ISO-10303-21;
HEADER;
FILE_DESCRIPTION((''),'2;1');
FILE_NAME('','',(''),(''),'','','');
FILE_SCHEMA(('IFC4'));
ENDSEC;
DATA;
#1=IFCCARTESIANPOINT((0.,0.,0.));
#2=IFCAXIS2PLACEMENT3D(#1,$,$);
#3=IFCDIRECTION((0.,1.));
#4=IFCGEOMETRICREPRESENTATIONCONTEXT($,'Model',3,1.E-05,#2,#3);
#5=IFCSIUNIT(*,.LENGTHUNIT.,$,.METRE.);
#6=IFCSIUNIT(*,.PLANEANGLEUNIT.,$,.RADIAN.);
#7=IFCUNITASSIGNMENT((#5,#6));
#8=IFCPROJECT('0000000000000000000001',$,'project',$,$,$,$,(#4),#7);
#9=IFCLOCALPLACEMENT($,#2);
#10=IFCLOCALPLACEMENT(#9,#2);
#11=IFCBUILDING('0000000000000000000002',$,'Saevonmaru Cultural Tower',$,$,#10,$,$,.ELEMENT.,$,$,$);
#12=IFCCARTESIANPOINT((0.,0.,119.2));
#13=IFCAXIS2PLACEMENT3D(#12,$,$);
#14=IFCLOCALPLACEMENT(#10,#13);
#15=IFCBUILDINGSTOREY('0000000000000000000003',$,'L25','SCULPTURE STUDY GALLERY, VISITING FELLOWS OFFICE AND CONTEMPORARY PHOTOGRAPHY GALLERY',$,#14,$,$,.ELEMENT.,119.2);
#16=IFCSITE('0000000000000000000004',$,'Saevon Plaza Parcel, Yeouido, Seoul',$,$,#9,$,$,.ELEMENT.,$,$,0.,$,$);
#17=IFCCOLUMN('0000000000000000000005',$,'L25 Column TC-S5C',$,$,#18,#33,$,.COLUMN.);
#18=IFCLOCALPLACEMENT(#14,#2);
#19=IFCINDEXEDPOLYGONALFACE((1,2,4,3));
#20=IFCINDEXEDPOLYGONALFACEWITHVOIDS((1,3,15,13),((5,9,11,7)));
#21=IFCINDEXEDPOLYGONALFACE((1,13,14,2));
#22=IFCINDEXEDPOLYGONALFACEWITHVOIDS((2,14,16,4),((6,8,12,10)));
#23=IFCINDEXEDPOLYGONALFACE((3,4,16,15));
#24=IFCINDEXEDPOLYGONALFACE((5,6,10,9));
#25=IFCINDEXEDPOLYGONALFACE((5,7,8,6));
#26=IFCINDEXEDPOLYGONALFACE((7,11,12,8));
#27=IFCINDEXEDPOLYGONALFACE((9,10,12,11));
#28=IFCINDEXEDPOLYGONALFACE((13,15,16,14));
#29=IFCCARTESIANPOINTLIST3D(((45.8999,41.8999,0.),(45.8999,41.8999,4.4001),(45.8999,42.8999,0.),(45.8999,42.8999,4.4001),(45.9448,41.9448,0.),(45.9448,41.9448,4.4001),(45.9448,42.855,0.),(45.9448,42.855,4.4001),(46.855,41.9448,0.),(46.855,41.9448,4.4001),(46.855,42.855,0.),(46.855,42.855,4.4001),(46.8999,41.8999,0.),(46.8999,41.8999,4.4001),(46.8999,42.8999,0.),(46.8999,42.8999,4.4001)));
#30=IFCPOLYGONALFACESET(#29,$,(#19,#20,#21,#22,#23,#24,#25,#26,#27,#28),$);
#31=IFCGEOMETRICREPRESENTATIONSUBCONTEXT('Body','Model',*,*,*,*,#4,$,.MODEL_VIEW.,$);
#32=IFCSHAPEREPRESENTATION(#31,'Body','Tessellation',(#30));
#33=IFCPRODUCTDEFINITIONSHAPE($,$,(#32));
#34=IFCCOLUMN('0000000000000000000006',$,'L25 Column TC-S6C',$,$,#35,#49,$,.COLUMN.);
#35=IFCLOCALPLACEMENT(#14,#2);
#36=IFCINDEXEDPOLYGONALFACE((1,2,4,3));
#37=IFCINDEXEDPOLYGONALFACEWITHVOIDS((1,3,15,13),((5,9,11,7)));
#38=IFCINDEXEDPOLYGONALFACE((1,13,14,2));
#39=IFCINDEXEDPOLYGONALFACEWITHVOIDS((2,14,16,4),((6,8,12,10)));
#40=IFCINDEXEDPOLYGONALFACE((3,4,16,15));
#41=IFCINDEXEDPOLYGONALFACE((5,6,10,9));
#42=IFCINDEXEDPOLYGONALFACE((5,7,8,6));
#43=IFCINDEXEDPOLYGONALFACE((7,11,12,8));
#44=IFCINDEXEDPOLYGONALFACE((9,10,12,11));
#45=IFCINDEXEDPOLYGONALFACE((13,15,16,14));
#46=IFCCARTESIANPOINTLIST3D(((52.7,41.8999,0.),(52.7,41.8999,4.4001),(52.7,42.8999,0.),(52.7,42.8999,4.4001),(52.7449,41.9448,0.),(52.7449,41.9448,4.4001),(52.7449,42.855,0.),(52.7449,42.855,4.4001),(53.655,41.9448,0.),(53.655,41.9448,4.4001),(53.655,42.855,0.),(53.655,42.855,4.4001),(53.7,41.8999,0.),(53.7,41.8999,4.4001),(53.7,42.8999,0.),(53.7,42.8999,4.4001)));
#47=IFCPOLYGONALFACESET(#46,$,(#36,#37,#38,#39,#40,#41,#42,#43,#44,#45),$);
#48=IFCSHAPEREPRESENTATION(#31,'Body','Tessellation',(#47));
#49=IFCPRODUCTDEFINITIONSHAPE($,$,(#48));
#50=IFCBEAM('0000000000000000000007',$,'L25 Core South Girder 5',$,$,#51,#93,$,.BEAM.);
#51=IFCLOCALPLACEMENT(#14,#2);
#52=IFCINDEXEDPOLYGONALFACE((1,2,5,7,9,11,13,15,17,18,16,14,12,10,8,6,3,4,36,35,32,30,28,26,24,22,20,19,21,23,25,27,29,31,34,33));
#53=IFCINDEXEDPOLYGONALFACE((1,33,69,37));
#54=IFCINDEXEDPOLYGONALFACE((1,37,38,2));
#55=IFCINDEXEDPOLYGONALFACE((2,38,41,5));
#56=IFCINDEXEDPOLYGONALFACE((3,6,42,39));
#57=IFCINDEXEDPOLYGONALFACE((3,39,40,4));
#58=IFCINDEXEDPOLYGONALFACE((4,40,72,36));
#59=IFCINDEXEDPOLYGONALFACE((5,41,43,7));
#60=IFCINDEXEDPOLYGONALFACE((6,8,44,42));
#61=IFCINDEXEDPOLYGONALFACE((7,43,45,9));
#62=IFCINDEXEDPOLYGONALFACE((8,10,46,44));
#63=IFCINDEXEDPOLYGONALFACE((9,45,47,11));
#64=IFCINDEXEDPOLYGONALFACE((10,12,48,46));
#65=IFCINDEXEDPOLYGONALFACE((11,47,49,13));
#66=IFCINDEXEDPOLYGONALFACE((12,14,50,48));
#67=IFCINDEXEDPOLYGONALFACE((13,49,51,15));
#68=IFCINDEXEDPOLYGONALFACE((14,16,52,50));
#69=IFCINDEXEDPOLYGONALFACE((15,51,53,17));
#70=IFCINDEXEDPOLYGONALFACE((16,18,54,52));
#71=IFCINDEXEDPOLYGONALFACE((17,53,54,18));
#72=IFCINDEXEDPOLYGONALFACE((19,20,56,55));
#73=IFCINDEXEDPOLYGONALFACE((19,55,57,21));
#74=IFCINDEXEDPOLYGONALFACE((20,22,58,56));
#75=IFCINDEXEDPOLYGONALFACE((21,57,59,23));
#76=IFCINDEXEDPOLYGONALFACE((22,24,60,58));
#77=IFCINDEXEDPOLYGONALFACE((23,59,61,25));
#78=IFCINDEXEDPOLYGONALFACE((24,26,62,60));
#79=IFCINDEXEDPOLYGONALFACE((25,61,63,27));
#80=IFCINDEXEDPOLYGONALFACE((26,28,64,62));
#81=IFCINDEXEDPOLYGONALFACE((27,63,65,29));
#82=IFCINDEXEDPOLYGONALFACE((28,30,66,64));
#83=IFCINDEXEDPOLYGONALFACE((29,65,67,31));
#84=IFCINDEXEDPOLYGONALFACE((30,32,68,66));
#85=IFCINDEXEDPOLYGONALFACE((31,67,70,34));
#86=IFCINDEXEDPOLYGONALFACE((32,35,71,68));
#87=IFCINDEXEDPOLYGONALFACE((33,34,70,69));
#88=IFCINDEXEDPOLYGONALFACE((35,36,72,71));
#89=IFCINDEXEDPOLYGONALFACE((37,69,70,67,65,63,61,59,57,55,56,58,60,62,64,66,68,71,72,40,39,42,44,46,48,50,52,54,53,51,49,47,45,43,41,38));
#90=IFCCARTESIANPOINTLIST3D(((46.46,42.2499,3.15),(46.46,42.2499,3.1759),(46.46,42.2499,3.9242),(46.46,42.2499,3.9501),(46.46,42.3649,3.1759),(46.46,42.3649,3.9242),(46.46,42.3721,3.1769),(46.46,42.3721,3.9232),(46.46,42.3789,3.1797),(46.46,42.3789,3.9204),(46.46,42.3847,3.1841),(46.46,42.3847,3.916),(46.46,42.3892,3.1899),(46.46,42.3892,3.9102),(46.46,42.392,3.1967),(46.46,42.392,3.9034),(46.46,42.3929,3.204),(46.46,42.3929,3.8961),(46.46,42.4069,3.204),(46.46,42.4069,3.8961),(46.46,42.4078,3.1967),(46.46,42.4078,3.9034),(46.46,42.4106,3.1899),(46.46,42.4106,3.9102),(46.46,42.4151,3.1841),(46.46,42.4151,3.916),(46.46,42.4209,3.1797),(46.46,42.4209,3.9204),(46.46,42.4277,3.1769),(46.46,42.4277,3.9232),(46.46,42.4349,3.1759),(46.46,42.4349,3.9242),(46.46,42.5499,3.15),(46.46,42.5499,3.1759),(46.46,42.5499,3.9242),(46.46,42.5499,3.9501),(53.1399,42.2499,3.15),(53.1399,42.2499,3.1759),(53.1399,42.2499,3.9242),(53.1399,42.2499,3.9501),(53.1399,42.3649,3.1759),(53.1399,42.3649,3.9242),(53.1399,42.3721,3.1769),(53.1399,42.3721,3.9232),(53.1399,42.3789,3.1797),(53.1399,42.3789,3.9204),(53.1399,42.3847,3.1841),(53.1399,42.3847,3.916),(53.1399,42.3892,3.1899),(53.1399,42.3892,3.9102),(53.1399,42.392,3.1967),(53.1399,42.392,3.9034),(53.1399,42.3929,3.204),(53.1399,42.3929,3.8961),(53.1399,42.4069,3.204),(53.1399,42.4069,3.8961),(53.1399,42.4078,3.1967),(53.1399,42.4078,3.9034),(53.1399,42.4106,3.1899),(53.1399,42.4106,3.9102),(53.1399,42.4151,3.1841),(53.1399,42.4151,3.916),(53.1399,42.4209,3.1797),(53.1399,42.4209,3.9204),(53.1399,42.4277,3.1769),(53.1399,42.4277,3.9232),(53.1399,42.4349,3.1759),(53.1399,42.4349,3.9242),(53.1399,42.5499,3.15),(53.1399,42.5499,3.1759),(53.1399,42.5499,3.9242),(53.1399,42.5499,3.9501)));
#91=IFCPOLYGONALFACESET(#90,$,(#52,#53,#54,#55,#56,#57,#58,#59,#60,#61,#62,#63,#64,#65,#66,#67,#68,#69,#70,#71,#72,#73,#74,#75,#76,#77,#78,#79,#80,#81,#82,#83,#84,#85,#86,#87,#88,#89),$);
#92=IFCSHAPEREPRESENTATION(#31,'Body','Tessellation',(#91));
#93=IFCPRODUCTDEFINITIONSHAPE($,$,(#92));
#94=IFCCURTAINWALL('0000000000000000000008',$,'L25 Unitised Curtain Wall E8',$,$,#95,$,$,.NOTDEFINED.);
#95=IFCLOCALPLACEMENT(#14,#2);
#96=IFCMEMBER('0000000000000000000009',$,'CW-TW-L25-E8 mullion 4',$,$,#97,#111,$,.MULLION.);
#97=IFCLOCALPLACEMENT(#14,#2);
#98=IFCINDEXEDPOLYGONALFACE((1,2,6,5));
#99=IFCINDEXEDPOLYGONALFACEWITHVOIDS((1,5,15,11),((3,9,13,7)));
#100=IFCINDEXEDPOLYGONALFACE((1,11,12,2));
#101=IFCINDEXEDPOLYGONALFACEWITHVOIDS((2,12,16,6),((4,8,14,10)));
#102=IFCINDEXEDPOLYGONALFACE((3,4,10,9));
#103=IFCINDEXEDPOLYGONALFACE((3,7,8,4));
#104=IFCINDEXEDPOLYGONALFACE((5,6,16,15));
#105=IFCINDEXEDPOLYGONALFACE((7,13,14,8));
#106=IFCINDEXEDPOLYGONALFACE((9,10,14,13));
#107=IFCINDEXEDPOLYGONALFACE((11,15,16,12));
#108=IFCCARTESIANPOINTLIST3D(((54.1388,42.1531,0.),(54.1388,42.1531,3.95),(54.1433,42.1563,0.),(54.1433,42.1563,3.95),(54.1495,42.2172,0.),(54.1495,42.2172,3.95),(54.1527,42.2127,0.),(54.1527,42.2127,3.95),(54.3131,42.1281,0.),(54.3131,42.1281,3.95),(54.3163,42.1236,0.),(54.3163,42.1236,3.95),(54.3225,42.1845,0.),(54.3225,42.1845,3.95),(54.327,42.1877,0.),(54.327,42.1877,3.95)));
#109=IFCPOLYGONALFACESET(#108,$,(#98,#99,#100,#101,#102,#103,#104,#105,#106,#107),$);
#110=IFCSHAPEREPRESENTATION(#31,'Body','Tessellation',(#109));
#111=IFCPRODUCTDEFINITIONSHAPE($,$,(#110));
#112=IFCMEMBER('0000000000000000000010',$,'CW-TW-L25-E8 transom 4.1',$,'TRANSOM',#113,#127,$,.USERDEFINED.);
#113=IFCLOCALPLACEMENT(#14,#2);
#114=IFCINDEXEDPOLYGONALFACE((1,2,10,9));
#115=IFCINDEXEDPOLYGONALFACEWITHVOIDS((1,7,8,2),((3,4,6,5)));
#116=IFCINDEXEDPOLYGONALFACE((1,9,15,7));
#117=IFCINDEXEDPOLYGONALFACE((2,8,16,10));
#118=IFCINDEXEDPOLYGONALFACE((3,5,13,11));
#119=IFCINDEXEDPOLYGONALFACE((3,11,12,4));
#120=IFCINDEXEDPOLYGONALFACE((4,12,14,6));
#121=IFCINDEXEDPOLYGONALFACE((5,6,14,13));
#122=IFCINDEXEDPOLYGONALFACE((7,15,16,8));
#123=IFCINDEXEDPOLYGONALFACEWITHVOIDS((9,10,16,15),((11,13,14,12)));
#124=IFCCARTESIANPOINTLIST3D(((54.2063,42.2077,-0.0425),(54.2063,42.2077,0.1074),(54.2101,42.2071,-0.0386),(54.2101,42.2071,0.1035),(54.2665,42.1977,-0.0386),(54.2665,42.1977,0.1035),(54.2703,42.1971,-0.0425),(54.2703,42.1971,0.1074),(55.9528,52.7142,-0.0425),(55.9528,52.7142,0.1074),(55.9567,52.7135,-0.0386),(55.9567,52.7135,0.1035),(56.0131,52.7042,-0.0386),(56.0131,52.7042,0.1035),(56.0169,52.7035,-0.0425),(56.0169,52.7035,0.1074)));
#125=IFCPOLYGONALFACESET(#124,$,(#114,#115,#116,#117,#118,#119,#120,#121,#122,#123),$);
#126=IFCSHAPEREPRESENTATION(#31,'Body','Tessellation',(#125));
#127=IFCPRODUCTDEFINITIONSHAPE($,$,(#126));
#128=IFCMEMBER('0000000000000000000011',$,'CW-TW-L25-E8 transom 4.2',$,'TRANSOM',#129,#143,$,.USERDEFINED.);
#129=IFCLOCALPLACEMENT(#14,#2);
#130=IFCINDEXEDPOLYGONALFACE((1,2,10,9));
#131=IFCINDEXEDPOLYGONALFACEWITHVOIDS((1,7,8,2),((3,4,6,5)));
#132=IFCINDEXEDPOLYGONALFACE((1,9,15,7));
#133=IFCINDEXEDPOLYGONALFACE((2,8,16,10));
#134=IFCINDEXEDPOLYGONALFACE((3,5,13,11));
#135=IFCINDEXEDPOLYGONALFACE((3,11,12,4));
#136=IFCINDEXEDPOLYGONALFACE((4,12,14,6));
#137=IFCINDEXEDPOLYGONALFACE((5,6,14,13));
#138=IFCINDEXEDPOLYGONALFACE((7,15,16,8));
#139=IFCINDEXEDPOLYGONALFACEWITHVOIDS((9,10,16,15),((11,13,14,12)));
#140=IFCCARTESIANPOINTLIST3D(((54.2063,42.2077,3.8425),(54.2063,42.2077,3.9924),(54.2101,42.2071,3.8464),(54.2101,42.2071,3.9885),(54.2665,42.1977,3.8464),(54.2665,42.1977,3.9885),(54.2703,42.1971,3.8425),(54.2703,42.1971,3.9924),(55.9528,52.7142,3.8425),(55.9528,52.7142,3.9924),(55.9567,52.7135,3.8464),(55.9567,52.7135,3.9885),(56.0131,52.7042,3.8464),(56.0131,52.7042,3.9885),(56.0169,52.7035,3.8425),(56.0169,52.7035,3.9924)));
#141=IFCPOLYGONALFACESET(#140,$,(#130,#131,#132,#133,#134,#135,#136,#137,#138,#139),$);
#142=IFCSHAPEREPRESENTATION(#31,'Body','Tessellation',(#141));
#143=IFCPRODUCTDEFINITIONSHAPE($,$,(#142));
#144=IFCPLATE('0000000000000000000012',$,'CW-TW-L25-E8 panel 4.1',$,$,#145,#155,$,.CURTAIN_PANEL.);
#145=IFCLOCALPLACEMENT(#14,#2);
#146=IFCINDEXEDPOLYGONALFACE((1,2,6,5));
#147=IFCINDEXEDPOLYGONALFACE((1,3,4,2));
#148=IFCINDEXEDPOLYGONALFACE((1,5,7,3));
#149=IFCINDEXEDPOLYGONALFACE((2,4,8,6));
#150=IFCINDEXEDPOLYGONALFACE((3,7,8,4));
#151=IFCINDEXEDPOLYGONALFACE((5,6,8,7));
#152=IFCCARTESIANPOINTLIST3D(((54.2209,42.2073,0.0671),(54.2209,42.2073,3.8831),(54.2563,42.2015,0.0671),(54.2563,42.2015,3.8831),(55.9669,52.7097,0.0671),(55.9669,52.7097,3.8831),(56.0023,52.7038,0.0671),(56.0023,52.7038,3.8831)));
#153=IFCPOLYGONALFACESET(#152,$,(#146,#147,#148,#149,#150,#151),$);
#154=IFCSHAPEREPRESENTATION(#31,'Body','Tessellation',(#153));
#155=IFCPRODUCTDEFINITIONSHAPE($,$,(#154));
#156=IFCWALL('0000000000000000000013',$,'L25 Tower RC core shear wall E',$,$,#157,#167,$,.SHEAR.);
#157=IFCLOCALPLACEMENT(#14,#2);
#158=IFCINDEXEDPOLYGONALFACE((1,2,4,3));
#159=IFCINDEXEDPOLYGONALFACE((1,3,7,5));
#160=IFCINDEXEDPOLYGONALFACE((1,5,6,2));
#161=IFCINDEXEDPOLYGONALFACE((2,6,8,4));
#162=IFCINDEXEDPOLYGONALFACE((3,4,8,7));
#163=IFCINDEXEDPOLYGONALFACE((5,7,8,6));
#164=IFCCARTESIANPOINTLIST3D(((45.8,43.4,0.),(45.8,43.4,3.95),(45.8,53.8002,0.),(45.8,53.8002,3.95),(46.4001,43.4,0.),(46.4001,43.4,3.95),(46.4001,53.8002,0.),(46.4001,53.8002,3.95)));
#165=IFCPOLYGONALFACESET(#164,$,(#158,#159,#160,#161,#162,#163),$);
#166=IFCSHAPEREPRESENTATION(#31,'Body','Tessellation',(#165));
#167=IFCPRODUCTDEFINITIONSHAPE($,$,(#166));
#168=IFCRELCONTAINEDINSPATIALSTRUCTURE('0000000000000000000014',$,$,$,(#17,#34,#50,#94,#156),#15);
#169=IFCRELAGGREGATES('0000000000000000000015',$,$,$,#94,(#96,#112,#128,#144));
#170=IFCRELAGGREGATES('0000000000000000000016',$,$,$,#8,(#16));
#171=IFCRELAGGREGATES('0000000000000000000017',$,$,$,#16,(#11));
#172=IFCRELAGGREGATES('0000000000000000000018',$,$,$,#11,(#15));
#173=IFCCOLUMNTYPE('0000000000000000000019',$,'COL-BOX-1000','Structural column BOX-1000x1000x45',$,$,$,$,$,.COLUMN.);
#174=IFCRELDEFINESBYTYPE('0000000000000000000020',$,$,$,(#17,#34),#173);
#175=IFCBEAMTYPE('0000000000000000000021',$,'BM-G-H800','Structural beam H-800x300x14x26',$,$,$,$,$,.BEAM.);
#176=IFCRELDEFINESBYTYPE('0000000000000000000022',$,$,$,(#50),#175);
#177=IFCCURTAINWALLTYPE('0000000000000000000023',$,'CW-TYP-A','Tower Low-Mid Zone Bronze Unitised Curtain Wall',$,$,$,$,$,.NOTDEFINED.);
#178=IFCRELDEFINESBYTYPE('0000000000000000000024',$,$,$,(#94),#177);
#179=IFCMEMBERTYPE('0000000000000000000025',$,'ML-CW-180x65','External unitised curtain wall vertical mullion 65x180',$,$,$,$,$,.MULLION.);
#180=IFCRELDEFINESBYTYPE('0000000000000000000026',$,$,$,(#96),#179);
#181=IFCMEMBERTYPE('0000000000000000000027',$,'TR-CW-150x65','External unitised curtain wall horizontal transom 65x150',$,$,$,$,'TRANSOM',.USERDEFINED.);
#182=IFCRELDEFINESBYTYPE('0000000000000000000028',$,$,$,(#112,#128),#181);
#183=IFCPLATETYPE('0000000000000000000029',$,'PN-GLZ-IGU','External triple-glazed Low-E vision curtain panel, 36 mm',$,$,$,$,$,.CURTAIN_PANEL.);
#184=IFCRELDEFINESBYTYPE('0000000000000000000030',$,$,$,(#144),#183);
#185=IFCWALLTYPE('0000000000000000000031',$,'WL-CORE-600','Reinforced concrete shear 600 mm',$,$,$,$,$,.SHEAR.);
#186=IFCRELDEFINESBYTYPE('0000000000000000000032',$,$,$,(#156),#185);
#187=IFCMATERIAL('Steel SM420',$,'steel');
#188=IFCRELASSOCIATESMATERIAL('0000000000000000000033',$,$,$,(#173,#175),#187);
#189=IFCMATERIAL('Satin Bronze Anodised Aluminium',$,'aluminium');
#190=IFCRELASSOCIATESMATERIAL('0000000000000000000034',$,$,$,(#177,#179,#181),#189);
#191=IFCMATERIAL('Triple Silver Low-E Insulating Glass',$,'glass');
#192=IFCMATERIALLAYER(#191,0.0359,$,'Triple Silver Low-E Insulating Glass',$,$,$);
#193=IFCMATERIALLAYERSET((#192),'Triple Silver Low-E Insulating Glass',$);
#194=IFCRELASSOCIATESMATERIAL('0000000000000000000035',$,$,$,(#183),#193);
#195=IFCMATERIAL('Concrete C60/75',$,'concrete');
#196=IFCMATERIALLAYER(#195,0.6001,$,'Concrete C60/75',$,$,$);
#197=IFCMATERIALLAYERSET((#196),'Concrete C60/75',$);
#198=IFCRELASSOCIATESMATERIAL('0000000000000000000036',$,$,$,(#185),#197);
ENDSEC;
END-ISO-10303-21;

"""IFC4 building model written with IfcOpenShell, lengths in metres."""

from ifc_helpers import new_model, si_unit, direction, frame, frame_2d, origin, origin_2d, place, context, subcontext, project, spatial, rectangle, hollow_rectangle, i_section, extrude, material, layer, layer_set, material_profile, profile_set, type_object, element, aggregate, save


model = new_model("IFC4")

# Units and contexts
model_context = context("Model", 3, precision=1e-05, world=origin(), true_north=direction((0.0, 1.0)))
body_context = subcontext(model_context, "Body", "Model", "MODEL_VIEW")
ifc_project = project(units=[si_unit("LENGTHUNIT", "METRE"), si_unit("PLANEANGLEUNIT", "RADIAN")], contexts=[model_context])

# Site, building, storey
site_placement = place(None, origin())
site = spatial("IfcSite", under=ifc_project, at=site_placement, Name="Saevon Plaza Parcel, Yeouido, Seoul", CompositionType="ELEMENT", RefElevation=0.0)
building_placement = place(site_placement, origin())
building = spatial("IfcBuilding", under=site, at=building_placement, Name="Saevonmaru Cultural Tower", CompositionType="ELEMENT")
storey_placement = place(building_placement, frame((0.0, 0.0, 119.2)))
storey = spatial("IfcBuildingStorey", under=building, at=storey_placement, Name="L25", Description="SCULPTURE STUDY GALLERY, VISITING FELLOWS OFFICE AND CONTEMPORARY PHOTOGRAPHY GALLERY", CompositionType="ELEMENT", Elevation=119.2)

# Columns
ifc_material_1 = material(Name="Steel SM420", Category="steel")
ifc_material_profile_1 = material_profile(ifc_material_1, hollow_rectangle(XDim=1.0, YDim=1.0, WallThickness=0.0449, at=origin_2d()), Name="BOX-1000x1000x45")
ifc_profile_set_1 = profile_set([ifc_material_profile_1], Name="Steel SM420")
column_type = type_object("IfcColumnType", Name="COL-BOX-1000", Description="Structural column BOX-1000x1000x45", PredefinedType="COLUMN", material=ifc_profile_set_1)
for number, where, z_axis, x_axis, name in (
    (1, (46.3999, 42.3999, 0.0), (0.0, 0.0, 1.0), (1.0, 0.0, 0.0), "L25 Column TC-S5C"),
    (2, (53.2, 42.3999, 0.0), (0.0, 0.0, 1.0), (1.0, 0.0, 0.0), "L25 Column TC-S6C"),
):
    element("IfcColumn", number, at=place(storey_placement, frame(where, z_axis=z_axis, x_axis=x_axis)), inside=storey, type_object=column_type, Name=name, PredefinedType="COLUMN", context=body_context, shape_type="SweptSolid", body=[
        extrude(hollow_rectangle(XDim=1.0, YDim=1.0, WallThickness=0.0449, at=origin_2d()), origin(), (0.0, 0.0, 1.0), 4.4001),
    ])

# Beam
ifc_material_profile_2 = material_profile(ifc_material_1, i_section(OverallWidth=0.3, OverallDepth=0.8, WebThickness=0.0139, FlangeThickness=0.0259, FilletRadius=0.0281, at=origin_2d()), Name="H-800x300x14x26")
ifc_profile_set_2 = profile_set([ifc_material_profile_2], Name="Steel SM420")
beam_type = type_object("IfcBeamType", Name="BM-G-H800", Description="Structural beam H-800x300x14x26", PredefinedType="BEAM", material=ifc_profile_set_2)
beam_placement = place(storey_placement, frame((46.46, 42.3999, 3.55), z_axis=(1.0, 0.0, 0.0), x_axis=(0.0, 1.0, 0.0)))
element("IfcBeam", 3, at=beam_placement, inside=storey, type_object=beam_type, Name="L25 Core South Girder 5", PredefinedType="BEAM", context=body_context, shape_type="SweptSolid", body=[
    extrude(i_section(OverallWidth=0.3, OverallDepth=0.8, WebThickness=0.0139, FlangeThickness=0.0259, FilletRadius=0.0281, at=origin_2d()), origin(), (0.0, 0.0, 1.0), 6.6799),
])

# Curtain wall, members, plate
ifc_material_2 = material(Name="Satin Bronze Anodised Aluminium", Category="aluminium")
curtain_wall_type = type_object("IfcCurtainWallType", Name="CW-TYP-A", Description="Tower Low-Mid Zone Bronze Unitised Curtain Wall", PredefinedType="NOTDEFINED", material=ifc_material_2)
curtain_wall_placement = place(storey_placement, origin())
curtain_wall = element("IfcCurtainWall", 4, at=curtain_wall_placement, inside=storey, type_object=curtain_wall_type, Name="L25 Unitised Curtain Wall E8", PredefinedType="NOTDEFINED")
ifc_material_profile_3 = material_profile(ifc_material_2, hollow_rectangle(XDim=0.0649, YDim=0.1799, WallThickness=0.0039, at=origin_2d()), Name="ALU-MULL-180x65x4")
ifc_profile_set_3 = profile_set([ifc_material_profile_3], Name="Satin Bronze Anodised Aluminium")
member_type_1 = type_object("IfcMemberType", Name="ML-CW-180x65", Description="External unitised curtain wall vertical mullion 65x180", PredefinedType="MULLION", material=ifc_profile_set_3)
member_1_placement = place(storey_placement, frame((54.2329, 42.1704, 0.0), z_axis=(0.0, 0.0, 1.0), x_axis=(0.163999, 0.986461, 0.0)))
member_1 = element("IfcMember", 5, at=member_1_placement, type_object=member_type_1, Name="CW-TW-L25-E8 mullion 4", PredefinedType="MULLION", context=body_context, shape_type="SweptSolid", body=[
    extrude(hollow_rectangle(XDim=0.0649, YDim=0.1799, WallThickness=0.0039, at=origin_2d()), origin(), (0.0, 0.0, 1.0), 3.95),
])
ifc_material_profile_4 = material_profile(ifc_material_2, hollow_rectangle(XDim=0.0649, YDim=0.1499, WallThickness=0.0039, at=origin_2d()), Name="ALU-TRAN-150x65x4")
ifc_profile_set_4 = profile_set([ifc_material_profile_4], Name="Satin Bronze Anodised Aluminium")
member_type_2 = type_object("IfcMemberType", Name="TR-CW-150x65", Description="External unitised curtain wall horizontal transom 65x150", ElementType="TRANSOM", PredefinedType="USERDEFINED", material=ifc_profile_set_4)
member_2_placement = place(storey_placement, frame((54.2383, 42.2024, 0.0325), z_axis=(0.16399, 0.986462, 0.0), x_axis=(-0.986462, 0.16399, 0.0)))
member_2 = element("IfcMember", 6, at=member_2_placement, type_object=member_type_2, Name="CW-TW-L25-E8 transom 4.1", ObjectType="TRANSOM", PredefinedType="USERDEFINED", context=body_context, shape_type="SweptSolid", body=[
    extrude(hollow_rectangle(XDim=0.0649, YDim=0.1499, WallThickness=0.0039, at=origin_2d()), origin(), (0.0, 0.0, 1.0), 10.6506),
])
member_3_placement = place(storey_placement, frame((54.2383, 42.2024, 3.9175), z_axis=(0.16399, 0.986462, 0.0), x_axis=(-0.986462, 0.16399, 0.0)))
member_3 = element("IfcMember", 7, at=member_3_placement, type_object=member_type_2, Name="CW-TW-L25-E8 transom 4.2", ObjectType="TRANSOM", PredefinedType="USERDEFINED", context=body_context, shape_type="SweptSolid", body=[
    extrude(hollow_rectangle(XDim=0.0649, YDim=0.1499, WallThickness=0.0039, at=origin_2d()), origin(), (0.0, 0.0, 1.0), 10.6506),
])
ifc_material_3 = material(Name="Triple Silver Low-E Insulating Glass", Category="glass")
ifc_layer_1 = layer(ifc_material_3, 0.0359, Name="Triple Silver Low-E Insulating Glass")
ifc_layer_set_1 = layer_set([ifc_layer_1], Name="Triple Silver Low-E Insulating Glass")
plate_type = type_object("IfcPlateType", Name="PN-GLZ-IGU", Description="External triple-glazed Low-E vision curtain panel, 36 mm", PredefinedType="CURTAIN_PANEL", material=ifc_layer_set_1)
plate_placement = place(storey_placement, frame((55.1116, 47.4556, 0.0671), z_axis=(0.0, 0.0, 1.0), x_axis=(0.163999, 0.986461, 0.0)))
plate = element("IfcPlate", 8, at=plate_placement, type_object=plate_type, Name="CW-TW-L25-E8 panel 4.1", PredefinedType="CURTAIN_PANEL", context=body_context, shape_type="SweptSolid", body=[
    extrude(rectangle(XDim=10.6465, YDim=0.0359, at=origin_2d()), origin(), (0.0, 0.0, 1.0), 3.8159),
])
aggregate(curtain_wall, [member_1, member_2, member_3, plate])

# Wall
ifc_material_4 = material(Name="Concrete C60/75", Category="concrete")
ifc_layer_2 = layer(ifc_material_4, 0.6001, Name="Concrete C60/75")
ifc_layer_set_2 = layer_set([ifc_layer_2], Name="Concrete C60/75")
wall_type_1 = type_object("IfcWallType", Name="WL-CORE-600", Description="Reinforced concrete shear 600 mm", PredefinedType="SHEAR", material=ifc_layer_set_2)
wall_1_placement = place(storey_placement, frame((46.1001, 43.3999, 0.0), z_axis=(0.0, 0.0, 1.0), x_axis=(0.0, 1.0, 0.0)))
element("IfcWall", 9, at=wall_1_placement, inside=storey, type_object=wall_type_1, Name="L25 Tower RC core shear wall E", PredefinedType="SHEAR", context=body_context, shape_type="SweptSolid", body=[
    extrude(rectangle(XDim=10.4001, YDim=0.6001, at=frame_2d((5.2002, 0.0))), origin(), (0.0, 0.0, 1.0), 3.95),
])

save(model, "model.ifc")
